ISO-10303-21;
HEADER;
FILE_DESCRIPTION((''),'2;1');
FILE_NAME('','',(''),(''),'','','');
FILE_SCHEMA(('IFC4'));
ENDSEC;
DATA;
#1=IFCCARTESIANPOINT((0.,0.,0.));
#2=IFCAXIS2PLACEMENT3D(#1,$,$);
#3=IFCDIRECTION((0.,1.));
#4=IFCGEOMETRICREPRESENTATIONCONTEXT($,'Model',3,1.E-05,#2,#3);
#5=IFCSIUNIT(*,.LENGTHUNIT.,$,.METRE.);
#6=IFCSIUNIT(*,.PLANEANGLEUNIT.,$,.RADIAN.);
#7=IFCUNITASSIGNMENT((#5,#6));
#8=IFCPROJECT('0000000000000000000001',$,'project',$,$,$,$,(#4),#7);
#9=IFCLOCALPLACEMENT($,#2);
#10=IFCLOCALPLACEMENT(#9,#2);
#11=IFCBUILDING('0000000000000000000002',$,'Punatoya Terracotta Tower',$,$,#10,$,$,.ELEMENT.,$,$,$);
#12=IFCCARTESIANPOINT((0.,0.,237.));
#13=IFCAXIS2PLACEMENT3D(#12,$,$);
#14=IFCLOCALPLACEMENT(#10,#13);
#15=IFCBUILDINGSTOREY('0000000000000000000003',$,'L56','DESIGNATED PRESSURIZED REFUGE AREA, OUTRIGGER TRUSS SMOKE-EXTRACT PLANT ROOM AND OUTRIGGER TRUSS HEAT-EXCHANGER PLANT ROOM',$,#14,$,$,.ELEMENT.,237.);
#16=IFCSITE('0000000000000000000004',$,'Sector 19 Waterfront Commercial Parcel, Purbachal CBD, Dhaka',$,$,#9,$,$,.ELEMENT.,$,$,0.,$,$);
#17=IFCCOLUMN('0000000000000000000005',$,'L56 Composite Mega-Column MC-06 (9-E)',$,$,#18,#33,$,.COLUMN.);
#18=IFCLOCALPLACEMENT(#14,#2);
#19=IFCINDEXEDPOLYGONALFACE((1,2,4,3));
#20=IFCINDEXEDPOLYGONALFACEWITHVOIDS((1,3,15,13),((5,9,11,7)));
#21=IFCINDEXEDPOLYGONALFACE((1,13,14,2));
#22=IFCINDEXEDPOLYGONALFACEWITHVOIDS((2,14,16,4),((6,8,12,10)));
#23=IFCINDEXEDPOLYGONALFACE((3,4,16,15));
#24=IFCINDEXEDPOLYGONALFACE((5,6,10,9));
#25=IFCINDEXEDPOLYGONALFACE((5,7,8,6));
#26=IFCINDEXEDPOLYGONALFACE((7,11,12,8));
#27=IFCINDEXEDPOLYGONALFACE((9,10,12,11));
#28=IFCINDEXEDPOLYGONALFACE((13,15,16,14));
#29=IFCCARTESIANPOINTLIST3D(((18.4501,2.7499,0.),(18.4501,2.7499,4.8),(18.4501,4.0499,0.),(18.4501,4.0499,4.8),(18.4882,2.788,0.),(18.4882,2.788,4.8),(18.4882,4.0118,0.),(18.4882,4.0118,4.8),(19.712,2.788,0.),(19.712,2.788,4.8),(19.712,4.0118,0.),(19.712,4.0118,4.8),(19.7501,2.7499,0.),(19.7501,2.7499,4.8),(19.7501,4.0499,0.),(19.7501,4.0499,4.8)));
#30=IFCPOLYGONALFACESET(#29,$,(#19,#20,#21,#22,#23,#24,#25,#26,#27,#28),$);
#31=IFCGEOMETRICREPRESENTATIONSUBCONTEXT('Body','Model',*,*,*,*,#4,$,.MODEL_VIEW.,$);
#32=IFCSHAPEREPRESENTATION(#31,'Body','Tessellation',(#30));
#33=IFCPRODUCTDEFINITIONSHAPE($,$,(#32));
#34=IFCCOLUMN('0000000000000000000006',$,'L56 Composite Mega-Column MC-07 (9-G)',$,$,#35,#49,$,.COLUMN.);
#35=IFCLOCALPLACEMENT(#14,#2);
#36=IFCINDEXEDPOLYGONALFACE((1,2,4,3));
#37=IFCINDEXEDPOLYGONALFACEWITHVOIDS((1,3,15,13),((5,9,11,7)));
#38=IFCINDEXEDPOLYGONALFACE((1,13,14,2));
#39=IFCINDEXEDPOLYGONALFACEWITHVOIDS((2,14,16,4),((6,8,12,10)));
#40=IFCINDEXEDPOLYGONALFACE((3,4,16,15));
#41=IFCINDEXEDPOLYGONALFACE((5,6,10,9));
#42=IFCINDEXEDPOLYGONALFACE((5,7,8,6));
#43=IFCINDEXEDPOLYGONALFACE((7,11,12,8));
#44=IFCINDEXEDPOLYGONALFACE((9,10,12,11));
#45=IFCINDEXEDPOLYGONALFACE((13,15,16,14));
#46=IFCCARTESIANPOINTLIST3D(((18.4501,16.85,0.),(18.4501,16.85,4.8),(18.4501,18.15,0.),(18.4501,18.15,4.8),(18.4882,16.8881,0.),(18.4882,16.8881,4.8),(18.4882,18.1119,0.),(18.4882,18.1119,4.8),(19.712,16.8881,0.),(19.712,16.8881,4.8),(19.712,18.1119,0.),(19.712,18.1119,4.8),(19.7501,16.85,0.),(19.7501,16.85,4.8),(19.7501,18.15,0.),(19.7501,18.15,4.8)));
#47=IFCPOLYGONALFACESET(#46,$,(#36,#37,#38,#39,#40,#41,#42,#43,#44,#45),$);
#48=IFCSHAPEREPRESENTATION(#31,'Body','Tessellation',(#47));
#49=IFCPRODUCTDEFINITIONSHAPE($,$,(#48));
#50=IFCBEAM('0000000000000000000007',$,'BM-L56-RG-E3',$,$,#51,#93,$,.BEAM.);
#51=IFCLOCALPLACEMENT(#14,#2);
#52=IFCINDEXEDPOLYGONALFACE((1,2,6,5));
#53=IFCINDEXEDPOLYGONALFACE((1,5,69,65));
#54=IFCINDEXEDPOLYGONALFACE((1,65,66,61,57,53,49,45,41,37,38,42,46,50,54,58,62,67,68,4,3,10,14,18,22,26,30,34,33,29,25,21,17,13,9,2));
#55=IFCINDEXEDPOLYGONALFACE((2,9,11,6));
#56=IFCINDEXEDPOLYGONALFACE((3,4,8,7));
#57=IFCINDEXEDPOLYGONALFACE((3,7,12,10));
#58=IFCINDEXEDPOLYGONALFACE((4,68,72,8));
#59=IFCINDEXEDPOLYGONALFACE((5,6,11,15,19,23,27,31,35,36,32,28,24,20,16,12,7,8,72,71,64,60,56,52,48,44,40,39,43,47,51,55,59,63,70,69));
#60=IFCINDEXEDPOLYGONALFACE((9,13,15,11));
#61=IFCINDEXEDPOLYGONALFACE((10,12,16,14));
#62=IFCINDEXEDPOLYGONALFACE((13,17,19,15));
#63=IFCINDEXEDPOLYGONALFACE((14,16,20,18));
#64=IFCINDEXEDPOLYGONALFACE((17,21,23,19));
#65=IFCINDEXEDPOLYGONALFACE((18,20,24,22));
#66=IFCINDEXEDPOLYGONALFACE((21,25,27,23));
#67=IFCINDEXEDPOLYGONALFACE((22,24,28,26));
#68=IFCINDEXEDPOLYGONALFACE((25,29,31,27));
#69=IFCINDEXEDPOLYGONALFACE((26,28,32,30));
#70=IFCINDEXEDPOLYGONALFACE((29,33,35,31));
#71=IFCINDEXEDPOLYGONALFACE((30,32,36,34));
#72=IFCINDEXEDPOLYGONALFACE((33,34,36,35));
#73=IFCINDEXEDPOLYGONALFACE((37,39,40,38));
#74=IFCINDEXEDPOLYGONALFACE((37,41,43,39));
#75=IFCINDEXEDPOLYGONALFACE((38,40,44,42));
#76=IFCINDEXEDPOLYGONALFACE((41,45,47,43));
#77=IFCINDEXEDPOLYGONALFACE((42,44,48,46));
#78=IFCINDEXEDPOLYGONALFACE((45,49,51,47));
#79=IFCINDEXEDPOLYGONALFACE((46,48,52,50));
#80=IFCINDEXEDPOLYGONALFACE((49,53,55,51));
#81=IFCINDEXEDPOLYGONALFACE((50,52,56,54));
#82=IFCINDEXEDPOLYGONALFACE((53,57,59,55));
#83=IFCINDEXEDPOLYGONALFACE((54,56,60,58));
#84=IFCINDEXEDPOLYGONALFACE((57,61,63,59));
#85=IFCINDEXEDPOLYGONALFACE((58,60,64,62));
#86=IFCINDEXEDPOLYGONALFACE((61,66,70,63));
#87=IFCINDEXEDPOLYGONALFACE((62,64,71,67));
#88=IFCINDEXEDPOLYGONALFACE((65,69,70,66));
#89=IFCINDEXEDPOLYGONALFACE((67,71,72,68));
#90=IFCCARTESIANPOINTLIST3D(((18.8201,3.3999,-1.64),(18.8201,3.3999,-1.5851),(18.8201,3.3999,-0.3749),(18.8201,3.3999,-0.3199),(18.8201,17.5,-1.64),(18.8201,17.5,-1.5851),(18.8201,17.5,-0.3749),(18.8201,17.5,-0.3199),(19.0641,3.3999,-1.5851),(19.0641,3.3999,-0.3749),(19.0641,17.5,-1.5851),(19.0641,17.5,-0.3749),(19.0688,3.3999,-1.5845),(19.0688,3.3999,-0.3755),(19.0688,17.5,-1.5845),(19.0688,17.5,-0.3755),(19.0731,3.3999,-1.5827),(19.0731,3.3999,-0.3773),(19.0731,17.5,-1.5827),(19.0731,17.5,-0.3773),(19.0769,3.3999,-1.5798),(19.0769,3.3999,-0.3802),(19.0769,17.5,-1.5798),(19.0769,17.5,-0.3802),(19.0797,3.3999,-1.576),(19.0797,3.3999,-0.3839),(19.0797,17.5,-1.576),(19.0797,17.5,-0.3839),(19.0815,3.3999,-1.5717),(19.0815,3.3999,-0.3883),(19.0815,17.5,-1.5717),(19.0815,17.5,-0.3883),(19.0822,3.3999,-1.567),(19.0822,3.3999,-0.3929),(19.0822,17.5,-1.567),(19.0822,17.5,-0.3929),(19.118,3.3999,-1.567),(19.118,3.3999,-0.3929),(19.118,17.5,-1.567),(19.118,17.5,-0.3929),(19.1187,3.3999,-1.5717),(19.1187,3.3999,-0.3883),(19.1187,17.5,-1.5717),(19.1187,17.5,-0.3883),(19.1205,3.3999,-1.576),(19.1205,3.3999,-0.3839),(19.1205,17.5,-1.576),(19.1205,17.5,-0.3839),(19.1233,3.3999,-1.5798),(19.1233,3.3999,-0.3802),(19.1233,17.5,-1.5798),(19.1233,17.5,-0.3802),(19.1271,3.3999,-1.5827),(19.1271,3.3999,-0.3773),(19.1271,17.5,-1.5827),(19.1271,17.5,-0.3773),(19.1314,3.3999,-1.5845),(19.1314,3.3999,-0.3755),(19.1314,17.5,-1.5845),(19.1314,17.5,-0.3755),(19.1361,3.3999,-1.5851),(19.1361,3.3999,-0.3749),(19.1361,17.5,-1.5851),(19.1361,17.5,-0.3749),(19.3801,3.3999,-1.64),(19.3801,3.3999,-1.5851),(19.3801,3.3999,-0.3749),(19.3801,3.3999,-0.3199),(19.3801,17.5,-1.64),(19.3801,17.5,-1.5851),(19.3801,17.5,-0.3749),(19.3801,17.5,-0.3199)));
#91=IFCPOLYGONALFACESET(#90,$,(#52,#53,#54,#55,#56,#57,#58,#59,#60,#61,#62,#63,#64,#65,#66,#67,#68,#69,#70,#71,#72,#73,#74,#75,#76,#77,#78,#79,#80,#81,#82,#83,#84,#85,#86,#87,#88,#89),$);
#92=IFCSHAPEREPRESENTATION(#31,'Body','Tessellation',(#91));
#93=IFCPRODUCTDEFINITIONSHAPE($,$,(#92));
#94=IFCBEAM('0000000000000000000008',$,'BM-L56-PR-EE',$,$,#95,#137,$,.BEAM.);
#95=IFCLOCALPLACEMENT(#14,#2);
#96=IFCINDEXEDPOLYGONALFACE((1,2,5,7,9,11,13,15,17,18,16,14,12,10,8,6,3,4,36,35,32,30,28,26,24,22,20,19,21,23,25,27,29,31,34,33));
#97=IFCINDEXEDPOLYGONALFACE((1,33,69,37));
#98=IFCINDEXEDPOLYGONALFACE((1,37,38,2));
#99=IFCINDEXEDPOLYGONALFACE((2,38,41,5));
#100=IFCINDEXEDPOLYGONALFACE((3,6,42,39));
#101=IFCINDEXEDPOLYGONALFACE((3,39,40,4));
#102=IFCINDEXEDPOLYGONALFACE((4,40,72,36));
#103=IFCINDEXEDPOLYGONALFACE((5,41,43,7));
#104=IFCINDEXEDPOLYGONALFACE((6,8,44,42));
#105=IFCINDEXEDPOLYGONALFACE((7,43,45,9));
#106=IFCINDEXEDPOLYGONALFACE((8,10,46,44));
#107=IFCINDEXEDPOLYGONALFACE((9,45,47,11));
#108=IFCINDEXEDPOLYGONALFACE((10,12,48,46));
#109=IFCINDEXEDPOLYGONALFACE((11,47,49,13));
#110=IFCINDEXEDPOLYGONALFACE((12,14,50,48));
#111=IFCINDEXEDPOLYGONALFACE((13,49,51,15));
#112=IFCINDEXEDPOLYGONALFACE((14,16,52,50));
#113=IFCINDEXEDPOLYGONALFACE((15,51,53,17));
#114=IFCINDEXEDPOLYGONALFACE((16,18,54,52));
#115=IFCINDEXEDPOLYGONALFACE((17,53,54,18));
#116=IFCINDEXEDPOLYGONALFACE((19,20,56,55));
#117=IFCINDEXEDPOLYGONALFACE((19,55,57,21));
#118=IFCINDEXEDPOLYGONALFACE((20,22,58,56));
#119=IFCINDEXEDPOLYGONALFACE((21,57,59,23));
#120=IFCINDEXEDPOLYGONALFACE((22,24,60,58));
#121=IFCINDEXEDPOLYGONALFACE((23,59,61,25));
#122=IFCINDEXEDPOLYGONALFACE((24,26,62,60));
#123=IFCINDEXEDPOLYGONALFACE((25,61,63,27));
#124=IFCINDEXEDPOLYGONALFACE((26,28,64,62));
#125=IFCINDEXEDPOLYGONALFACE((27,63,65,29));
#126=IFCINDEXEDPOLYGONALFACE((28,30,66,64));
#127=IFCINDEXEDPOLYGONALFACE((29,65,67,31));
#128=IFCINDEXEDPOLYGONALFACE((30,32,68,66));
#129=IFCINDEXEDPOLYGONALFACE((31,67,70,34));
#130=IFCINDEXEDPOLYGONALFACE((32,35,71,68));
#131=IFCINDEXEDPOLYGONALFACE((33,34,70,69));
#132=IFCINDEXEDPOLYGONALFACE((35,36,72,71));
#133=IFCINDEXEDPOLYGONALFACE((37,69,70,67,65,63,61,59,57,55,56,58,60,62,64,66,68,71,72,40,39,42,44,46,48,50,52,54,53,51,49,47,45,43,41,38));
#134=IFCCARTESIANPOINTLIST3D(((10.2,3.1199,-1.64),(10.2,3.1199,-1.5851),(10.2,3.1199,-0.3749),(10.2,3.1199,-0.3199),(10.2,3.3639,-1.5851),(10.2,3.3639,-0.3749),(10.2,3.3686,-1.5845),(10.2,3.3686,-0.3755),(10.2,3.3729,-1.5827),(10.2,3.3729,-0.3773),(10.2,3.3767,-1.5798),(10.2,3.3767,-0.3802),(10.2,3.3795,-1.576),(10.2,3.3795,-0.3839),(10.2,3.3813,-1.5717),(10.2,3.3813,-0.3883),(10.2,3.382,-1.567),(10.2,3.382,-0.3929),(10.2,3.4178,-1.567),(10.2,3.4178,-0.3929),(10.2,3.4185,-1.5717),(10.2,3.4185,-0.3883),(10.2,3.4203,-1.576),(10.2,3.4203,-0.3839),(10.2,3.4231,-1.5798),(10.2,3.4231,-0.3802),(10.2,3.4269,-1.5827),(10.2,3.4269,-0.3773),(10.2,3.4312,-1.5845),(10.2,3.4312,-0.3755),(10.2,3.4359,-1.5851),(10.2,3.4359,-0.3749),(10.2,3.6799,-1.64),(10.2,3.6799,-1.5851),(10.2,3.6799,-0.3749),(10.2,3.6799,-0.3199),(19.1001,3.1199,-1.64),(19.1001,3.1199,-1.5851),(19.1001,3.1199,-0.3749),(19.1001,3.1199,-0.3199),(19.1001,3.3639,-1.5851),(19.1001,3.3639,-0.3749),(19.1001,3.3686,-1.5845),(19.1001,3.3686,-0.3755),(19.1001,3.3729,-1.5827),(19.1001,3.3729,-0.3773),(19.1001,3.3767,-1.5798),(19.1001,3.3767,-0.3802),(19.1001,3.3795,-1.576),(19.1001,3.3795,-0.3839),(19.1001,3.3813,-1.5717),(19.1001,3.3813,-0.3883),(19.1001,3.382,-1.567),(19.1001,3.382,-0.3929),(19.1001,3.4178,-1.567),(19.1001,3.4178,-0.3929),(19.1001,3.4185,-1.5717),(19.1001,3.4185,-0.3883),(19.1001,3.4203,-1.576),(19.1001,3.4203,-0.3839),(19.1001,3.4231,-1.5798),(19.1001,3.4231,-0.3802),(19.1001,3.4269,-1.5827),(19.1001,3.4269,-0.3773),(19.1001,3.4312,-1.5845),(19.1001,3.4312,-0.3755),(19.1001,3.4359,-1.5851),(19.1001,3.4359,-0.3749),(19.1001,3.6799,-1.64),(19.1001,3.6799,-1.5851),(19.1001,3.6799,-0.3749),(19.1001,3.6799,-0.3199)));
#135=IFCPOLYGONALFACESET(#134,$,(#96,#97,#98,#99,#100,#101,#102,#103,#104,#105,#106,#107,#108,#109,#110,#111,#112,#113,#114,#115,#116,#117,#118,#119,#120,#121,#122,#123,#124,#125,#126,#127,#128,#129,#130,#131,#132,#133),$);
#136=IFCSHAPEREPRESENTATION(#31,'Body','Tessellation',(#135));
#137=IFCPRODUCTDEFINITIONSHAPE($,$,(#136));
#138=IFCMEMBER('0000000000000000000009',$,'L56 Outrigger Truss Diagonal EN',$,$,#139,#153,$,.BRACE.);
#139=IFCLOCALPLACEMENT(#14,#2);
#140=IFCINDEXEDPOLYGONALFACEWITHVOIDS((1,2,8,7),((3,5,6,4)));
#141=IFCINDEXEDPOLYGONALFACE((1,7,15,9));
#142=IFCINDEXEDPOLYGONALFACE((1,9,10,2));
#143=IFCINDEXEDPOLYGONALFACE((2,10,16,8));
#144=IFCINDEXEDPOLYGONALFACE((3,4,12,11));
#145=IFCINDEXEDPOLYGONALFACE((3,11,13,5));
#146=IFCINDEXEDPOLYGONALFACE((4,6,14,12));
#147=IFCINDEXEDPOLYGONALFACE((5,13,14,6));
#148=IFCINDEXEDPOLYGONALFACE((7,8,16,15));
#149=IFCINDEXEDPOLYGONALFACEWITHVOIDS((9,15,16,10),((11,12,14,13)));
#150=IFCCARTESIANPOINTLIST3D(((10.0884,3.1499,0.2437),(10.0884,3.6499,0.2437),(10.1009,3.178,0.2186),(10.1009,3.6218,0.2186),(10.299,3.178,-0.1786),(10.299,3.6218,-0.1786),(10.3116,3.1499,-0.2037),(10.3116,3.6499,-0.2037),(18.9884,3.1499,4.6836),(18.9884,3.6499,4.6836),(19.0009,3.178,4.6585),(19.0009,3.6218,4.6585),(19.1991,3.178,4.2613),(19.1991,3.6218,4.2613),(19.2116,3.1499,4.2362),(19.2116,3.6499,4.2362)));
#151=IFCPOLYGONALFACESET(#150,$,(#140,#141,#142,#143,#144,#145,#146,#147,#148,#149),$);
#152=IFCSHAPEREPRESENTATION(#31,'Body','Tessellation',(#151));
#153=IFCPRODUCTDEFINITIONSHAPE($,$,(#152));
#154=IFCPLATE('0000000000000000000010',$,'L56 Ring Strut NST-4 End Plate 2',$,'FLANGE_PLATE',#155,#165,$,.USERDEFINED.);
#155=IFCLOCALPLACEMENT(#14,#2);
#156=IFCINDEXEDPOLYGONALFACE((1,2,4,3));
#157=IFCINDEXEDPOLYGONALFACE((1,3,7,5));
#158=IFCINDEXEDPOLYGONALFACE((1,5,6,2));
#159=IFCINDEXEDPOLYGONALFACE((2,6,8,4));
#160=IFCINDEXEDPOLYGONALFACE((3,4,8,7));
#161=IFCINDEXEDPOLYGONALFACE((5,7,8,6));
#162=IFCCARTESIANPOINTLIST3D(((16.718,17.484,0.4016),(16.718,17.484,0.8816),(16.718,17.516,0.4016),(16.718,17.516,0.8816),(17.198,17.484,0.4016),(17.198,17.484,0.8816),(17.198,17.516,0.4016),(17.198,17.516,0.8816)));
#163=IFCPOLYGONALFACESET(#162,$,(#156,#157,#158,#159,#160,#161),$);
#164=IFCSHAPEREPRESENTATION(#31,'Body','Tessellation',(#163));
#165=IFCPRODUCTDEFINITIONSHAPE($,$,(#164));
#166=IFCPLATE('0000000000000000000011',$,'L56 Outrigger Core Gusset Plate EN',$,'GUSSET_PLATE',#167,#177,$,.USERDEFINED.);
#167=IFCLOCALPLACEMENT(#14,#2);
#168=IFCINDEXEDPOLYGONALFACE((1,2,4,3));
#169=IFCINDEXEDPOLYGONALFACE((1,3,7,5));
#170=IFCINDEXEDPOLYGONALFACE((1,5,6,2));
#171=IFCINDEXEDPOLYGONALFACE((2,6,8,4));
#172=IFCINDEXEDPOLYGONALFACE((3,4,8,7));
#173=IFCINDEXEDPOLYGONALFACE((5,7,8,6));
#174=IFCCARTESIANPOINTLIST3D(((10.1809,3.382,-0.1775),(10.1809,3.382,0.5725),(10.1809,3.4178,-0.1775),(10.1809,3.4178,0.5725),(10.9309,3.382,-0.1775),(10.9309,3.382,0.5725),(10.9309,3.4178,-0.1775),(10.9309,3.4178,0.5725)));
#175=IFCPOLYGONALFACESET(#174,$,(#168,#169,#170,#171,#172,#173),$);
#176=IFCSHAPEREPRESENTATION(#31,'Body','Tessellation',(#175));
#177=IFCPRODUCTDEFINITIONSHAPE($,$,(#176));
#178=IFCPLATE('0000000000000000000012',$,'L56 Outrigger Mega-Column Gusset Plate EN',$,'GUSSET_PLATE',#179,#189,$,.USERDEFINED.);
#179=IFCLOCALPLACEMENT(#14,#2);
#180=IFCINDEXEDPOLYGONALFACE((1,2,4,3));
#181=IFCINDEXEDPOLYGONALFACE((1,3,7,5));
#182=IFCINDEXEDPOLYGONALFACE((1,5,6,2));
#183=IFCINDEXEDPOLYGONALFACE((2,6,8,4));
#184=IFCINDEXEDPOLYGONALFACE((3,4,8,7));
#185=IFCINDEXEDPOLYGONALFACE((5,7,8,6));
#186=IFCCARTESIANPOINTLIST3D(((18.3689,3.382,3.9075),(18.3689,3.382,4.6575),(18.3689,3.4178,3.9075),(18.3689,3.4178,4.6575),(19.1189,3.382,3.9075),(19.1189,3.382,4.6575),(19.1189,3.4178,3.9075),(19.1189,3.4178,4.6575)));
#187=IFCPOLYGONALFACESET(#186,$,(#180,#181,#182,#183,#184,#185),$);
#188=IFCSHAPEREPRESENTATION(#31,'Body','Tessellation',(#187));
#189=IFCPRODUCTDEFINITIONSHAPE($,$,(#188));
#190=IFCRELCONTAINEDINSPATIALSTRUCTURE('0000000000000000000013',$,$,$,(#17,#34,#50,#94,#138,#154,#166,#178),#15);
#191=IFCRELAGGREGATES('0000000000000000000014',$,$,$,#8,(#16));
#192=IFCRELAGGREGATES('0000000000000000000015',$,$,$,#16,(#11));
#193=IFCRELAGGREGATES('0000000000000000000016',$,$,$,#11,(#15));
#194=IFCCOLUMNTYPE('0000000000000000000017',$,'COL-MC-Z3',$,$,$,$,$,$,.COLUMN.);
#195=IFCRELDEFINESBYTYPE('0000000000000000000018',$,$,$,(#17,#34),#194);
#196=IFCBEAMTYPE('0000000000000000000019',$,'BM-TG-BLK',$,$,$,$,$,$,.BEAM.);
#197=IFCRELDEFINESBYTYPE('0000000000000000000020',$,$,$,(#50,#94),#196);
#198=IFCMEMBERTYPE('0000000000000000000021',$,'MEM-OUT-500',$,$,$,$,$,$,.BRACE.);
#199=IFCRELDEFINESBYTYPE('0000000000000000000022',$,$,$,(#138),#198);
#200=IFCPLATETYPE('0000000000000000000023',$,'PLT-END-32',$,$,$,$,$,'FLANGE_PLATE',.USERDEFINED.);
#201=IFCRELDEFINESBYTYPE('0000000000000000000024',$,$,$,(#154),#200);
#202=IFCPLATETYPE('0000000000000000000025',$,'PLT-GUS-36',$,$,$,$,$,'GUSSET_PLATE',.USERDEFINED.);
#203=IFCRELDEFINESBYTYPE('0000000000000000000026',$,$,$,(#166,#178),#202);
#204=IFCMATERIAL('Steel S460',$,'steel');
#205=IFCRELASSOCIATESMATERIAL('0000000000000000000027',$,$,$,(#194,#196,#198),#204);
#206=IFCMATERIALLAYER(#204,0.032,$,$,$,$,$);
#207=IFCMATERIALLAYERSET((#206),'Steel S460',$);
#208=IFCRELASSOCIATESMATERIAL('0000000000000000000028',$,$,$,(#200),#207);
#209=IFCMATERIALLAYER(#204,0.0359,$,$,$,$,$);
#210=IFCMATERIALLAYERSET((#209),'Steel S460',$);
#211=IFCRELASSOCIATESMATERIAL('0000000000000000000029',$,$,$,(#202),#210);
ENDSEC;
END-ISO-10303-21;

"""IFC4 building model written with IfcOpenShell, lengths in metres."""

from ifc_helpers import new_model, si_unit, direction, frame, origin, origin_2d, place, context, subcontext, project, spatial, rectangle, hollow_rectangle, i_section, extrude, material, layer, layer_set, material_profile, profile_set, type_object, element, save


model = new_model("IFC4")

# Units and contexts
model_context = context("Model", 3, precision=1e-05, world=origin(), true_north=direction((0.0, 1.0)))
body_context = subcontext(model_context, "Body", "Model", "MODEL_VIEW")
ifc_project = project(units=[si_unit("LENGTHUNIT", "METRE"), si_unit("PLANEANGLEUNIT", "RADIAN")], contexts=[model_context])

# Site, building, storey
site_placement = place(None, origin())
site = spatial("IfcSite", under=ifc_project, at=site_placement, Name="Sector 19 Waterfront Commercial Parcel, Purbachal CBD, Dhaka", CompositionType="ELEMENT", RefElevation=0.0)
building_placement = place(site_placement, origin())
building = spatial("IfcBuilding", under=site, at=building_placement, Name="Punatoya Terracotta Tower", CompositionType="ELEMENT")
storey_placement = place(building_placement, frame((0.0, 0.0, 237.0)))
storey = spatial("IfcBuildingStorey", under=building, at=storey_placement, Name="L56", Description="DESIGNATED PRESSURIZED REFUGE AREA, OUTRIGGER TRUSS SMOKE-EXTRACT PLANT ROOM AND OUTRIGGER TRUSS HEAT-EXCHANGER PLANT ROOM", CompositionType="ELEMENT", Elevation=237.0)

# Columns
ifc_material_1 = material(Name="Steel S460", Category="steel")
ifc_material_profile_1 = material_profile(ifc_material_1, hollow_rectangle(XDim=1.3, YDim=1.3, WallThickness=0.0381, at=origin_2d()))
ifc_profile_set_1 = profile_set([ifc_material_profile_1], Name="Steel S460")
column_type = type_object("IfcColumnType", Name="COL-MC-Z3", PredefinedType="COLUMN", material=ifc_profile_set_1)
for number, where, z_axis, x_axis, name in (
    (1, (19.1001, 3.3999, 0.0), (0.0, 0.0, 1.0), (1.0, 0.0, 0.0), "L56 Composite Mega-Column MC-06 (9-E)"),
    (2, (19.1001, 17.5, 0.0), (0.0, 0.0, 1.0), (1.0, 0.0, 0.0), "L56 Composite Mega-Column MC-07 (9-G)"),
):
    element("IfcColumn", number, at=place(storey_placement, frame(where, z_axis=z_axis, x_axis=x_axis)), inside=storey, type_object=column_type, Name=name, PredefinedType="COLUMN", context=body_context, shape_type="SweptSolid", body=[
        extrude(hollow_rectangle(XDim=1.3, YDim=1.3, WallThickness=0.0381, at=origin_2d()), origin(), (0.0, 0.0, 1.0), 4.8),
    ])

# Beams
ifc_material_profile_2 = material_profile(ifc_material_1, i_section(OverallWidth=0.5601, OverallDepth=1.3201, WebThickness=0.0359, FlangeThickness=0.0549, FilletRadius=0.0181, at=origin_2d()))
ifc_profile_set_2 = profile_set([ifc_material_profile_2], Name="Steel S460")
beam_type = type_object("IfcBeamType", Name="BM-TG-BLK", PredefinedType="BEAM", material=ifc_profile_set_2)
beam_1_placement = place(storey_placement, frame((19.1001, 3.3999, -0.98), z_axis=(0.0, 1.0, 0.0), x_axis=(-1.0, 0.0, 0.0)))
element("IfcBeam", 3, at=beam_1_placement, inside=storey, type_object=beam_type, Name="BM-L56-RG-E3", PredefinedType="BEAM", context=body_context, shape_type="SweptSolid", body=[
    extrude(i_section(OverallWidth=0.5601, OverallDepth=1.3201, WebThickness=0.0359, FlangeThickness=0.0549, FilletRadius=0.0181, at=origin_2d()), origin(), (0.0, 0.0, 1.0), 14.1001),
])
beam_2_placement = place(storey_placement, frame((10.2, 3.3999, -0.98), z_axis=(1.0, 0.0, 0.0), x_axis=(0.0, 1.0, 0.0)))
element("IfcBeam", 4, at=beam_2_placement, inside=storey, type_object=beam_type, Name="BM-L56-PR-EE", PredefinedType="BEAM", context=body_context, shape_type="SweptSolid", body=[
    extrude(i_section(OverallWidth=0.5601, OverallDepth=1.3201, WebThickness=0.0359, FlangeThickness=0.0549, FilletRadius=0.0181, at=origin_2d()), origin(), (0.0, 0.0, 1.0), 8.9001),
])

# Member
ifc_material_profile_3 = material_profile(ifc_material_1, hollow_rectangle(XDim=0.5, YDim=0.5, WallThickness=0.0281, at=origin_2d()))
ifc_profile_set_3 = profile_set([ifc_material_profile_3], Name="Steel S460")
member_type = type_object("IfcMemberType", Name="MEM-OUT-500", PredefinedType="BRACE", material=ifc_profile_set_3)
member_placement = place(storey_placement, frame((10.2, 3.3999, 0.02), z_axis=(0.894834, 0.0, 0.446398), x_axis=(0.0, 1.0, 0.0)))
element("IfcMember", 5, at=member_placement, inside=storey, type_object=member_type, Name="L56 Outrigger Truss Diagonal EN", PredefinedType="BRACE", context=body_context, shape_type="SweptSolid", body=[
    extrude(hollow_rectangle(XDim=0.5, YDim=0.5, WallThickness=0.0281, at=origin_2d()), origin(), (0.0, 0.0, 1.0), 9.946),
])

# Plates
ifc_layer_1 = layer(ifc_material_1, 0.032)
ifc_layer_set_1 = layer_set([ifc_layer_1], Name="Steel S460")
plate_type_1 = type_object("IfcPlateType", Name="PLT-END-32", ElementType="FLANGE_PLATE", PredefinedType="USERDEFINED", material=ifc_layer_set_1)
plate_placement = place(storey_placement, frame((16.958, 17.5, 0.4016), z_axis=(0.0, 0.0, 1.0), x_axis=(1.0, 0.0, 0.0)))
element("IfcPlate", 6, at=plate_placement, inside=storey, type_object=plate_type_1, Name="L56 Ring Strut NST-4 End Plate 2", ObjectType="FLANGE_PLATE", PredefinedType="USERDEFINED", context=body_context, shape_type="SweptSolid", body=[
    extrude(rectangle(XDim=0.48, YDim=0.032, at=origin_2d()), origin(), (0.0, 0.0, 1.0), 0.48),
])
ifc_layer_2 = layer(ifc_material_1, 0.0359)
ifc_layer_set_2 = layer_set([ifc_layer_2], Name="Steel S460")
plate_type_2 = type_object("IfcPlateType", Name="PLT-GUS-36", ElementType="GUSSET_PLATE", PredefinedType="USERDEFINED", material=ifc_layer_set_2)
for number, where, z_axis, x_axis, name in (
    (7, (10.5559, 3.3999, -0.1775), (0.0, 0.0, 1.0), (1.0, 0.0, 0.0), "L56 Outrigger Core Gusset Plate EN"),
    (8, (18.7439, 3.3999, 3.9075), (0.0, 0.0, 1.0), (1.0, 0.0, 0.0), "L56 Outrigger Mega-Column Gusset Plate EN"),
):
    element("IfcPlate", number, at=place(storey_placement, frame(where, z_axis=z_axis, x_axis=x_axis)), inside=storey, type_object=plate_type_2, Name=name, ObjectType="GUSSET_PLATE", PredefinedType="USERDEFINED", context=body_context, shape_type="SweptSolid", body=[
        extrude(rectangle(XDim=0.75, YDim=0.0359, at=origin_2d()), origin(), (0.0, 0.0, 1.0), 0.75),
    ])

save(model, "model.ifc")
